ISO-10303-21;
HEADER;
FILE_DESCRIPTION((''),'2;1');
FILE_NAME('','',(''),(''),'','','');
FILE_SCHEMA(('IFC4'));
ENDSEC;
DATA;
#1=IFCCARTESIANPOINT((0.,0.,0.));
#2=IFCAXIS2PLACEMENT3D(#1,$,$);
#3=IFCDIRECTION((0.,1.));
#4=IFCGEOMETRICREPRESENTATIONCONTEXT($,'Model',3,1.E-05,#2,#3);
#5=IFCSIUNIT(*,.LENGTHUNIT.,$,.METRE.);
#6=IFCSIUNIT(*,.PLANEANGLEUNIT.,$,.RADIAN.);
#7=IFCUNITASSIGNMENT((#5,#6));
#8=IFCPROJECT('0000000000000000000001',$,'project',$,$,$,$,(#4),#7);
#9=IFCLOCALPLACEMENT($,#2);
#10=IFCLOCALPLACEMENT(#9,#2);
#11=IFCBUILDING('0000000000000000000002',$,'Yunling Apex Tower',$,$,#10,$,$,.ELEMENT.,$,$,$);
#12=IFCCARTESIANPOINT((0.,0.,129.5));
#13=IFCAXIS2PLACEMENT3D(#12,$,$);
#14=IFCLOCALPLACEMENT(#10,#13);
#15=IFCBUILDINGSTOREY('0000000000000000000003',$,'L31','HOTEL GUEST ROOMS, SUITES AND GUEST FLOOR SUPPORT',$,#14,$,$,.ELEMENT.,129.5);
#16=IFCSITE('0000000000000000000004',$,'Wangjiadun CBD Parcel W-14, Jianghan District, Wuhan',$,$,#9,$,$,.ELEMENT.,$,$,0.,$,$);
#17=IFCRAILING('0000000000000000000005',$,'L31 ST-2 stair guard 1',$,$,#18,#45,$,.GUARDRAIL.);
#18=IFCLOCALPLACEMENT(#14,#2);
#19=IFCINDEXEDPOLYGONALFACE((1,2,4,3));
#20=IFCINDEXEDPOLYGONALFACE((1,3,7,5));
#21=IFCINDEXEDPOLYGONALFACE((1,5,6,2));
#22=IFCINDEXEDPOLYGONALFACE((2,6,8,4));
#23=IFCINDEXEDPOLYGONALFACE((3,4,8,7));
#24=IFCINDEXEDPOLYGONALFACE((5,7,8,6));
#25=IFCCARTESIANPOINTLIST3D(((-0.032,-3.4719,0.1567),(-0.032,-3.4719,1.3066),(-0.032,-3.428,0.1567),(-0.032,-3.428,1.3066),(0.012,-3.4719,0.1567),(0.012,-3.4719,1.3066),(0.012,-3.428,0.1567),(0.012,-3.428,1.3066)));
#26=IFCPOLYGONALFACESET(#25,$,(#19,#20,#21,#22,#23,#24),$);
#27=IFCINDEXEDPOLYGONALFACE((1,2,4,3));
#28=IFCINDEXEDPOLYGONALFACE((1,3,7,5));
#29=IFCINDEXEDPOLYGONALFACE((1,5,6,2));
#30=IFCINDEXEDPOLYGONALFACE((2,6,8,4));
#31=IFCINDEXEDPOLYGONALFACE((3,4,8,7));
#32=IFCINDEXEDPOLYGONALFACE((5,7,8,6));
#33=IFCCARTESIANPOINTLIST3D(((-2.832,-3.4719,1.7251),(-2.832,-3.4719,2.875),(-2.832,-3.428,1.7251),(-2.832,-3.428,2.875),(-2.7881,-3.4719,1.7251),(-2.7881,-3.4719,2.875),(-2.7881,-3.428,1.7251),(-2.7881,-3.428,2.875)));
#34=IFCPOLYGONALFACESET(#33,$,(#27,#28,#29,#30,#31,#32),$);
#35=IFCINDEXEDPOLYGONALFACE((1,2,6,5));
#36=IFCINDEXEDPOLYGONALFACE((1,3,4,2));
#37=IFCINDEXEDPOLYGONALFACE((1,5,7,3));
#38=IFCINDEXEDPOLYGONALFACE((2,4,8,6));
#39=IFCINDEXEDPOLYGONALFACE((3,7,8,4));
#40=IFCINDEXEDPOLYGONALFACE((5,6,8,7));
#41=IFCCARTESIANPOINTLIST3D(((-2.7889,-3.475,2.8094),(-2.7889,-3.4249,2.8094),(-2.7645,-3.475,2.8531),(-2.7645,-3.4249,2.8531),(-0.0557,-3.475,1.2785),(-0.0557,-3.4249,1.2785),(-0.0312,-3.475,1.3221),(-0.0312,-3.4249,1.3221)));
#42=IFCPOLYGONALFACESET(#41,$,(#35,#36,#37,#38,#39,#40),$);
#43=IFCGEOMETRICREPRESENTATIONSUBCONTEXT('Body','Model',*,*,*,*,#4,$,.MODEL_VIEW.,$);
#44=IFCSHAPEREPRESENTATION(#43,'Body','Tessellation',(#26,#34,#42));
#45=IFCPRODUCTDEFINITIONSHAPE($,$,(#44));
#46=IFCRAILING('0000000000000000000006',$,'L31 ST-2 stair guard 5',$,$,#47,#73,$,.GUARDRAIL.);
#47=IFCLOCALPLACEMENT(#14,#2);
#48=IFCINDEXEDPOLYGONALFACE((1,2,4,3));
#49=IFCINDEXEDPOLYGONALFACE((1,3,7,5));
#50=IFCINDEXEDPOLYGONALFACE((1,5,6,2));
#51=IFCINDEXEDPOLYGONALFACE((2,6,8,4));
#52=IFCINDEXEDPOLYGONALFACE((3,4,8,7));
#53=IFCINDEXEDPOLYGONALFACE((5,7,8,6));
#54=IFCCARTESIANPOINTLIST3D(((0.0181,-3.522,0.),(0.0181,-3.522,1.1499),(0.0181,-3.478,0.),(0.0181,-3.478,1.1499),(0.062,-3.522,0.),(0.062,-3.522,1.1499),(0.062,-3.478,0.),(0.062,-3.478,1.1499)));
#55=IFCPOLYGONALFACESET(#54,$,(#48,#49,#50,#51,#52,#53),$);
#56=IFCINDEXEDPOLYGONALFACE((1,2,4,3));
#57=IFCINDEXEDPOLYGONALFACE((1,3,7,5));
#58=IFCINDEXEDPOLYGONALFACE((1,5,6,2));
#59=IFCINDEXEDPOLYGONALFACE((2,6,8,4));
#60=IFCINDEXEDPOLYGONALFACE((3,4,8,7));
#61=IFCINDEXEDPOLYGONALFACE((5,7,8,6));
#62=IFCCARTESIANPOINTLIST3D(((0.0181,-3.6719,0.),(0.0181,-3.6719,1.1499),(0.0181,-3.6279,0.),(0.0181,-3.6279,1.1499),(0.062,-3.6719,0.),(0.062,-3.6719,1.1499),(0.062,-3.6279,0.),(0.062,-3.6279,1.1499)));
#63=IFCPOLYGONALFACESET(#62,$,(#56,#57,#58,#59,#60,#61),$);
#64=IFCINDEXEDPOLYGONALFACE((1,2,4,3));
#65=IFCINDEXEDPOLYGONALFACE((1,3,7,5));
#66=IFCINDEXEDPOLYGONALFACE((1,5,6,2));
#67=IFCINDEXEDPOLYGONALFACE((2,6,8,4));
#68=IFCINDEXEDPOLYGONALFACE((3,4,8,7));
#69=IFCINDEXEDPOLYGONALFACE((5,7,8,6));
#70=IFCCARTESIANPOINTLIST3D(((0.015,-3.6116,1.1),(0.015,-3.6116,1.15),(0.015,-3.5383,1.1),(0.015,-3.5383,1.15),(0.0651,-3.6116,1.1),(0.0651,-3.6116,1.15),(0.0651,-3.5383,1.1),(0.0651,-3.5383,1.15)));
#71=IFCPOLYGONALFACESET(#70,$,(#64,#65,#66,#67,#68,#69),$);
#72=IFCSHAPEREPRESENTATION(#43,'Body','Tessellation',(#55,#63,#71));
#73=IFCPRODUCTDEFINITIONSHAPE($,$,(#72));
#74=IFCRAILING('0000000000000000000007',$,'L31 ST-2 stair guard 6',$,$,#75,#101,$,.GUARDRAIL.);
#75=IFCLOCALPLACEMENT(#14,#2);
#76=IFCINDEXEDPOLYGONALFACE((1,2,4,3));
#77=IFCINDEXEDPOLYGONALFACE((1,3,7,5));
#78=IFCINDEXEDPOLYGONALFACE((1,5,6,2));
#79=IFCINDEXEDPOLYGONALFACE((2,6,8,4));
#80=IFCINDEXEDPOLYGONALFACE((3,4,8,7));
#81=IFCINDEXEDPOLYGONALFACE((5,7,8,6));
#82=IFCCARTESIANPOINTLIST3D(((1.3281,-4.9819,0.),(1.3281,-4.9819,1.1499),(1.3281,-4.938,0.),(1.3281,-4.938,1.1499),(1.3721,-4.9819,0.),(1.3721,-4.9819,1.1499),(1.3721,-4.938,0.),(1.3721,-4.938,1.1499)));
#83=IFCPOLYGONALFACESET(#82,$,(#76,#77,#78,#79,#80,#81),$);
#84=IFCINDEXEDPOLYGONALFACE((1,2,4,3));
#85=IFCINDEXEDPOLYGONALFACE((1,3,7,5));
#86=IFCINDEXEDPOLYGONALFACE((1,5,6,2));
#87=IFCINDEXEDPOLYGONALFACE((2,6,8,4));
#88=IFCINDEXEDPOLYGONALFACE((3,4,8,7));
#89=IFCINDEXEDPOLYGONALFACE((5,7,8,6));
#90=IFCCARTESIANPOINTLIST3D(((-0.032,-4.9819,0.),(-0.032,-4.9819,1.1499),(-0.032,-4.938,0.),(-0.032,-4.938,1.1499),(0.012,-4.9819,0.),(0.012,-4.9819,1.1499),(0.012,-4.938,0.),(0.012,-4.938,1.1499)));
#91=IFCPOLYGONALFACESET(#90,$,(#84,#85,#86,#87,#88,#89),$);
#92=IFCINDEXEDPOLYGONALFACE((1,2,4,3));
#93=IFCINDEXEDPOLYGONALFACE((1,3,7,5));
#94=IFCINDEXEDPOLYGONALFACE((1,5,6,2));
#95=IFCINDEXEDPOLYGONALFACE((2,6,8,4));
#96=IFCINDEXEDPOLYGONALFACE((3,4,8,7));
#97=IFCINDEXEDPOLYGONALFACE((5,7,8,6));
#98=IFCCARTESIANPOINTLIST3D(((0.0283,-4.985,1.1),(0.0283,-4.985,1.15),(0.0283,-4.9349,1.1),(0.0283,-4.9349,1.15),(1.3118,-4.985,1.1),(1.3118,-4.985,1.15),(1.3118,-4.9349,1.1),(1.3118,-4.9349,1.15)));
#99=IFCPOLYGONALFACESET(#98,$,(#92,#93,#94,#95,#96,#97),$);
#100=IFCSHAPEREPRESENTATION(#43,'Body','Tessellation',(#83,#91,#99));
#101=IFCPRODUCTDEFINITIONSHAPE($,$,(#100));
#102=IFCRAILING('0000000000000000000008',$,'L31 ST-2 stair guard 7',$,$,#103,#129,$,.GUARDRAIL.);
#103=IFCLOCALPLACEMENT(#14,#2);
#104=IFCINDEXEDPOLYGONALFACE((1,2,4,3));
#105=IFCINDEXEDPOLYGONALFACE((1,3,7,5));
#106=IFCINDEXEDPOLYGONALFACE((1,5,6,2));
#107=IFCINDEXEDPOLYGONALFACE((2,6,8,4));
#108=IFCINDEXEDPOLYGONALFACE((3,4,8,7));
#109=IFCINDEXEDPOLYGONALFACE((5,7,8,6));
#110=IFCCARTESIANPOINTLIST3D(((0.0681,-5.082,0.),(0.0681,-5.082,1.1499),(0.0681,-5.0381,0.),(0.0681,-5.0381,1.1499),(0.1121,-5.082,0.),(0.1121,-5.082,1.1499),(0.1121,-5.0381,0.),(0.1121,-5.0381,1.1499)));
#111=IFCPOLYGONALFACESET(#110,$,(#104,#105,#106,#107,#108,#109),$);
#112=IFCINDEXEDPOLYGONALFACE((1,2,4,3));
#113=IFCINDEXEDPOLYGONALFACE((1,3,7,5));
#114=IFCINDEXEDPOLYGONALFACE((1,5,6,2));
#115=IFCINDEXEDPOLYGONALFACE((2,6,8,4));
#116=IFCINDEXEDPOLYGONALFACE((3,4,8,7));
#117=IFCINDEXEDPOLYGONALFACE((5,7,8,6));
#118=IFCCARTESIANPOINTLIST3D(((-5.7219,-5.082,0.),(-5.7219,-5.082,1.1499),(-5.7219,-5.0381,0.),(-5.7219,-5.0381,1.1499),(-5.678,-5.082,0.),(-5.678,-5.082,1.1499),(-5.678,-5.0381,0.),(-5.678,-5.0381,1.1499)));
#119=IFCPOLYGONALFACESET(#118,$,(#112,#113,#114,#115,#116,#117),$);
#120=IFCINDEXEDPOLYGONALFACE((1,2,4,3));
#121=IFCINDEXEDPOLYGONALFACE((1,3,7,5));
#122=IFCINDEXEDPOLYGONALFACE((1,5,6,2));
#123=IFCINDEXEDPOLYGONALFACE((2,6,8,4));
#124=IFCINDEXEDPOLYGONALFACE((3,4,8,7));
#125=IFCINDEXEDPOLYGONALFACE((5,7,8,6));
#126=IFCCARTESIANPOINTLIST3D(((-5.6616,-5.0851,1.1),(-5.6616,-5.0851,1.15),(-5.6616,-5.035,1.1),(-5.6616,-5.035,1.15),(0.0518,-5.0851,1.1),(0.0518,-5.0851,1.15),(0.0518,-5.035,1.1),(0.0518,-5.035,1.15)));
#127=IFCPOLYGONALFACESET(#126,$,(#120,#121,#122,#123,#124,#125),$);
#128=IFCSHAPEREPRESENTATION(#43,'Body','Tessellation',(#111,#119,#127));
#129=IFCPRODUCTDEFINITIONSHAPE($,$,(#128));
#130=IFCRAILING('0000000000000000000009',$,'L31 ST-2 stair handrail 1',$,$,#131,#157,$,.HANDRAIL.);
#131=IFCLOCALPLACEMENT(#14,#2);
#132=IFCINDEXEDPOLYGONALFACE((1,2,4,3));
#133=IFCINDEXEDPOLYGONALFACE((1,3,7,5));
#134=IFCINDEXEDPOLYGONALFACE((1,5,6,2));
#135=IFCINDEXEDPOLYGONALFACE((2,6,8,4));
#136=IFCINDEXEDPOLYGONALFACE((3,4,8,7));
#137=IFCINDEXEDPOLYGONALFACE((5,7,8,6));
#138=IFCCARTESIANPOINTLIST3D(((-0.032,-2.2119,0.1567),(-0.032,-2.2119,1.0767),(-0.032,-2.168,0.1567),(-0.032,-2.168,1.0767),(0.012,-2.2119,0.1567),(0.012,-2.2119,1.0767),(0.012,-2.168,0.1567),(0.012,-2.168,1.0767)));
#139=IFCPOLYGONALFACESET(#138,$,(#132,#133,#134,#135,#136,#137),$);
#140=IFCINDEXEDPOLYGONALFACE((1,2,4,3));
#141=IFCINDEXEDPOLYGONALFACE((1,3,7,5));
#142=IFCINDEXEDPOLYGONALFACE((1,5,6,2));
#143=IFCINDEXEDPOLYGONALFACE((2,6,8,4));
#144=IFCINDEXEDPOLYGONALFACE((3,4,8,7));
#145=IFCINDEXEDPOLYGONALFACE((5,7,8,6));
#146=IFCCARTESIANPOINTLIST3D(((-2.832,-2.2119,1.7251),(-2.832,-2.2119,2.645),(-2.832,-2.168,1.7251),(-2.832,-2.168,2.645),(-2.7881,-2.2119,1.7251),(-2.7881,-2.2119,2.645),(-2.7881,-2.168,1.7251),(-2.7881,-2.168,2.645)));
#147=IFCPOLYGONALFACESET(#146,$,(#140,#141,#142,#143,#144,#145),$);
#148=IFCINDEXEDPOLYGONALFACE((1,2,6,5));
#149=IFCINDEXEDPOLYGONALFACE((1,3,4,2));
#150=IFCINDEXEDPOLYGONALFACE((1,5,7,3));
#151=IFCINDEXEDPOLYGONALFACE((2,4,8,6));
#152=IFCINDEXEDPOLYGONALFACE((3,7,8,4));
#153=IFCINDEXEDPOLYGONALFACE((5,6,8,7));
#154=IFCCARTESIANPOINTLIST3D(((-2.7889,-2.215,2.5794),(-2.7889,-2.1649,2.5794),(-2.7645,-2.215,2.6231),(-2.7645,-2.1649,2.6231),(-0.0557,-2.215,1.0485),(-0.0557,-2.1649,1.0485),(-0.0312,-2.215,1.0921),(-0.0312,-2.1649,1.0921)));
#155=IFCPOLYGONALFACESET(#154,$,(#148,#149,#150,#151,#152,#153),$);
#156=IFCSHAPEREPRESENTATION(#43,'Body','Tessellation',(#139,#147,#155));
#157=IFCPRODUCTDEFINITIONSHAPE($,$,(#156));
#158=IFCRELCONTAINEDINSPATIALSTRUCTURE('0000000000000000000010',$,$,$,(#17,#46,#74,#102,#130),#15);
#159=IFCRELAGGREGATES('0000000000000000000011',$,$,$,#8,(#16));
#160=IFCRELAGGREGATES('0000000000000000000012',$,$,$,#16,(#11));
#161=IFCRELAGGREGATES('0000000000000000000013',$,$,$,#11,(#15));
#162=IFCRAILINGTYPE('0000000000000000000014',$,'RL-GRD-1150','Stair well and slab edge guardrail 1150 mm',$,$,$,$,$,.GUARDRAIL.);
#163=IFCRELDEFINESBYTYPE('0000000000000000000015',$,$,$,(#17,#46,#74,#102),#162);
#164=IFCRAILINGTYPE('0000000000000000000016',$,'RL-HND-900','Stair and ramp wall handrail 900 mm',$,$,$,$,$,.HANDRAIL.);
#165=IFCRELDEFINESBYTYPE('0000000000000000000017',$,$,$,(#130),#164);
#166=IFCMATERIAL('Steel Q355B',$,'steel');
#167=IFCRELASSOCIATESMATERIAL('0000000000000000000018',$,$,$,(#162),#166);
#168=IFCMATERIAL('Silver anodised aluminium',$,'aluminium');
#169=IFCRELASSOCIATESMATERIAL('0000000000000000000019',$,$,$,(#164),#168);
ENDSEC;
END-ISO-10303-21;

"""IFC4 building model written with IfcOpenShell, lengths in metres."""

from ifc_helpers import new_model, si_unit, direction, frame, origin, origin_2d, place, context, subcontext, project, spatial, rectangle, extrude, material, type_object, element, save


model = new_model("IFC4")

# Units and contexts
model_context = context("Model", 3, precision=1e-05, world=origin(), true_north=direction((0.0, 1.0)))
body_context = subcontext(model_context, "Body", "Model", "MODEL_VIEW")
ifc_project = project(units=[si_unit("LENGTHUNIT", "METRE"), si_unit("PLANEANGLEUNIT", "RADIAN")], contexts=[model_context])

# Site, building, storey
site_placement = place(None, origin())
site = spatial("IfcSite", under=ifc_project, at=site_placement, Name="Wangjiadun CBD Parcel W-14, Jianghan District, Wuhan", CompositionType="ELEMENT", RefElevation=0.0)
building_placement = place(site_placement, origin())
building = spatial("IfcBuilding", under=site, at=building_placement, Name="Yunling Apex Tower", CompositionType="ELEMENT")
storey_placement = place(building_placement, frame((0.0, 0.0, 129.5)))
storey = spatial("IfcBuildingStorey", under=building, at=storey_placement, Name="L31", Description="HOTEL GUEST ROOMS, SUITES AND GUEST FLOOR SUPPORT", CompositionType="ELEMENT", Elevation=129.5)

# Shared definitions
ifc_material_1 = material(Name="Steel Q355B", Category="steel")

# Railings
railing_type_1 = type_object("IfcRailingType", Name="RL-GRD-1150", Description="Stair well and slab edge guardrail 1150 mm", PredefinedType="GUARDRAIL", material=ifc_material_1)
railing_1_placement = place(storey_placement, frame((-0.01, -3.45, 0.1567)))
element("IfcRailing", 1, at=railing_1_placement, inside=storey, type_object=railing_type_1, Name="L31 ST-2 stair guard 1", PredefinedType="GUARDRAIL", context=body_context, shape_type="SweptSolid", body=[
    extrude(rectangle(XDim=0.0439, YDim=0.0439, at=origin_2d()), origin(), (0.0, 0.0, 1.0), 1.1499),
    extrude(rectangle(XDim=0.0439, YDim=0.0439, at=origin_2d()), frame((-2.8, 0.0, 1.5684)), (0.0, 0.0, 1.0), 1.1499),
    extrude(rectangle(XDim=0.05, YDim=0.05, at=origin_2d()), frame((-0.0334, 0.0, 1.1436), z_axis=(-0.872462, 0.0, 0.488682), x_axis=(0.0, -1.0, 0.0)), (0.0, 0.0, 1.0), 3.1328),
])
railing_2_placement = place(storey_placement, frame((0.04, -3.5, 0.0)))
element("IfcRailing", 2, at=railing_2_placement, inside=storey, type_object=railing_type_1, Name="L31 ST-2 stair guard 5", PredefinedType="GUARDRAIL", context=body_context, shape_type="SweptSolid", body=[
    extrude(rectangle(XDim=0.0439, YDim=0.0439, at=origin_2d()), origin(), (0.0, 0.0, 1.0), 1.1499),
    extrude(rectangle(XDim=0.0439, YDim=0.0439, at=origin_2d()), frame((0.0, -0.1499, 0.0)), (0.0, 0.0, 1.0), 1.1499),
    extrude(rectangle(XDim=0.05, YDim=0.05, at=origin_2d()), frame((0.0, -0.0383, 1.125), z_axis=(0.0, -1.0, 0.0), x_axis=(1.0, 0.0, 0.0)), (0.0, 0.0, 1.0), 0.0732),
])
railing_3_placement = place(storey_placement, frame((1.3501, -4.96, 0.0)))
element("IfcRailing", 3, at=railing_3_placement, inside=storey, type_object=railing_type_1, Name="L31 ST-2 stair guard 6", PredefinedType="GUARDRAIL", context=body_context, shape_type="SweptSolid", body=[
    extrude(rectangle(XDim=0.0439, YDim=0.0439, at=origin_2d()), origin(), (0.0, 0.0, 1.0), 1.1499),
    extrude(rectangle(XDim=0.0439, YDim=0.0439, at=origin_2d()), frame((-1.3601, 0.0, 0.0)), (0.0, 0.0, 1.0), 1.1499),
    extrude(rectangle(XDim=0.05, YDim=0.05, at=origin_2d()), frame((-0.0383, 0.0, 1.125), z_axis=(-1.0, 0.0, 0.0), x_axis=(0.0, -1.0, 0.0)), (0.0, 0.0, 1.0), 1.2834),
])
railing_4_placement = place(storey_placement, frame((0.0901, -5.0601, 0.0)))
element("IfcRailing", 4, at=railing_4_placement, inside=storey, type_object=railing_type_1, Name="L31 ST-2 stair guard 7", PredefinedType="GUARDRAIL", context=body_context, shape_type="SweptSolid", body=[
    extrude(rectangle(XDim=0.0439, YDim=0.0439, at=origin_2d()), origin(), (0.0, 0.0, 1.0), 1.1499),
    extrude(rectangle(XDim=0.0439, YDim=0.0439, at=origin_2d()), frame((-5.79, 0.0, 0.0)), (0.0, 0.0, 1.0), 1.1499),
    extrude(rectangle(XDim=0.05, YDim=0.05, at=origin_2d()), frame((-0.0383, 0.0, 1.125), z_axis=(-1.0, 0.0, 0.0), x_axis=(0.0, -1.0, 0.0)), (0.0, 0.0, 1.0), 5.7134),
])
ifc_material_2 = material(Name="Silver anodised aluminium", Category="aluminium")
railing_type_2 = type_object("IfcRailingType", Name="RL-HND-900", Description="Stair and ramp wall handrail 900 mm", PredefinedType="HANDRAIL", material=ifc_material_2)
railing_5_placement = place(storey_placement, frame((-0.01, -2.1899, 0.1567)))
element("IfcRailing", 5, at=railing_5_placement, inside=storey, type_object=railing_type_2, Name="L31 ST-2 stair handrail 1", PredefinedType="HANDRAIL", context=body_context, shape_type="SweptSolid", body=[
    extrude(rectangle(XDim=0.0439, YDim=0.0439, at=origin_2d()), origin(), (0.0, 0.0, 1.0), 0.9199),
    extrude(rectangle(XDim=0.0439, YDim=0.0439, at=origin_2d()), frame((-2.8, 0.0, 1.5684)), (0.0, 0.0, 1.0), 0.9199),
    extrude(rectangle(XDim=0.05, YDim=0.05, at=origin_2d()), frame((-0.0334, 0.0, 0.9136), z_axis=(-0.872462, 0.0, 0.488682), x_axis=(0.0, -1.0, 0.0)), (0.0, 0.0, 1.0), 3.1328),
])

save(model, "model.ifc")
